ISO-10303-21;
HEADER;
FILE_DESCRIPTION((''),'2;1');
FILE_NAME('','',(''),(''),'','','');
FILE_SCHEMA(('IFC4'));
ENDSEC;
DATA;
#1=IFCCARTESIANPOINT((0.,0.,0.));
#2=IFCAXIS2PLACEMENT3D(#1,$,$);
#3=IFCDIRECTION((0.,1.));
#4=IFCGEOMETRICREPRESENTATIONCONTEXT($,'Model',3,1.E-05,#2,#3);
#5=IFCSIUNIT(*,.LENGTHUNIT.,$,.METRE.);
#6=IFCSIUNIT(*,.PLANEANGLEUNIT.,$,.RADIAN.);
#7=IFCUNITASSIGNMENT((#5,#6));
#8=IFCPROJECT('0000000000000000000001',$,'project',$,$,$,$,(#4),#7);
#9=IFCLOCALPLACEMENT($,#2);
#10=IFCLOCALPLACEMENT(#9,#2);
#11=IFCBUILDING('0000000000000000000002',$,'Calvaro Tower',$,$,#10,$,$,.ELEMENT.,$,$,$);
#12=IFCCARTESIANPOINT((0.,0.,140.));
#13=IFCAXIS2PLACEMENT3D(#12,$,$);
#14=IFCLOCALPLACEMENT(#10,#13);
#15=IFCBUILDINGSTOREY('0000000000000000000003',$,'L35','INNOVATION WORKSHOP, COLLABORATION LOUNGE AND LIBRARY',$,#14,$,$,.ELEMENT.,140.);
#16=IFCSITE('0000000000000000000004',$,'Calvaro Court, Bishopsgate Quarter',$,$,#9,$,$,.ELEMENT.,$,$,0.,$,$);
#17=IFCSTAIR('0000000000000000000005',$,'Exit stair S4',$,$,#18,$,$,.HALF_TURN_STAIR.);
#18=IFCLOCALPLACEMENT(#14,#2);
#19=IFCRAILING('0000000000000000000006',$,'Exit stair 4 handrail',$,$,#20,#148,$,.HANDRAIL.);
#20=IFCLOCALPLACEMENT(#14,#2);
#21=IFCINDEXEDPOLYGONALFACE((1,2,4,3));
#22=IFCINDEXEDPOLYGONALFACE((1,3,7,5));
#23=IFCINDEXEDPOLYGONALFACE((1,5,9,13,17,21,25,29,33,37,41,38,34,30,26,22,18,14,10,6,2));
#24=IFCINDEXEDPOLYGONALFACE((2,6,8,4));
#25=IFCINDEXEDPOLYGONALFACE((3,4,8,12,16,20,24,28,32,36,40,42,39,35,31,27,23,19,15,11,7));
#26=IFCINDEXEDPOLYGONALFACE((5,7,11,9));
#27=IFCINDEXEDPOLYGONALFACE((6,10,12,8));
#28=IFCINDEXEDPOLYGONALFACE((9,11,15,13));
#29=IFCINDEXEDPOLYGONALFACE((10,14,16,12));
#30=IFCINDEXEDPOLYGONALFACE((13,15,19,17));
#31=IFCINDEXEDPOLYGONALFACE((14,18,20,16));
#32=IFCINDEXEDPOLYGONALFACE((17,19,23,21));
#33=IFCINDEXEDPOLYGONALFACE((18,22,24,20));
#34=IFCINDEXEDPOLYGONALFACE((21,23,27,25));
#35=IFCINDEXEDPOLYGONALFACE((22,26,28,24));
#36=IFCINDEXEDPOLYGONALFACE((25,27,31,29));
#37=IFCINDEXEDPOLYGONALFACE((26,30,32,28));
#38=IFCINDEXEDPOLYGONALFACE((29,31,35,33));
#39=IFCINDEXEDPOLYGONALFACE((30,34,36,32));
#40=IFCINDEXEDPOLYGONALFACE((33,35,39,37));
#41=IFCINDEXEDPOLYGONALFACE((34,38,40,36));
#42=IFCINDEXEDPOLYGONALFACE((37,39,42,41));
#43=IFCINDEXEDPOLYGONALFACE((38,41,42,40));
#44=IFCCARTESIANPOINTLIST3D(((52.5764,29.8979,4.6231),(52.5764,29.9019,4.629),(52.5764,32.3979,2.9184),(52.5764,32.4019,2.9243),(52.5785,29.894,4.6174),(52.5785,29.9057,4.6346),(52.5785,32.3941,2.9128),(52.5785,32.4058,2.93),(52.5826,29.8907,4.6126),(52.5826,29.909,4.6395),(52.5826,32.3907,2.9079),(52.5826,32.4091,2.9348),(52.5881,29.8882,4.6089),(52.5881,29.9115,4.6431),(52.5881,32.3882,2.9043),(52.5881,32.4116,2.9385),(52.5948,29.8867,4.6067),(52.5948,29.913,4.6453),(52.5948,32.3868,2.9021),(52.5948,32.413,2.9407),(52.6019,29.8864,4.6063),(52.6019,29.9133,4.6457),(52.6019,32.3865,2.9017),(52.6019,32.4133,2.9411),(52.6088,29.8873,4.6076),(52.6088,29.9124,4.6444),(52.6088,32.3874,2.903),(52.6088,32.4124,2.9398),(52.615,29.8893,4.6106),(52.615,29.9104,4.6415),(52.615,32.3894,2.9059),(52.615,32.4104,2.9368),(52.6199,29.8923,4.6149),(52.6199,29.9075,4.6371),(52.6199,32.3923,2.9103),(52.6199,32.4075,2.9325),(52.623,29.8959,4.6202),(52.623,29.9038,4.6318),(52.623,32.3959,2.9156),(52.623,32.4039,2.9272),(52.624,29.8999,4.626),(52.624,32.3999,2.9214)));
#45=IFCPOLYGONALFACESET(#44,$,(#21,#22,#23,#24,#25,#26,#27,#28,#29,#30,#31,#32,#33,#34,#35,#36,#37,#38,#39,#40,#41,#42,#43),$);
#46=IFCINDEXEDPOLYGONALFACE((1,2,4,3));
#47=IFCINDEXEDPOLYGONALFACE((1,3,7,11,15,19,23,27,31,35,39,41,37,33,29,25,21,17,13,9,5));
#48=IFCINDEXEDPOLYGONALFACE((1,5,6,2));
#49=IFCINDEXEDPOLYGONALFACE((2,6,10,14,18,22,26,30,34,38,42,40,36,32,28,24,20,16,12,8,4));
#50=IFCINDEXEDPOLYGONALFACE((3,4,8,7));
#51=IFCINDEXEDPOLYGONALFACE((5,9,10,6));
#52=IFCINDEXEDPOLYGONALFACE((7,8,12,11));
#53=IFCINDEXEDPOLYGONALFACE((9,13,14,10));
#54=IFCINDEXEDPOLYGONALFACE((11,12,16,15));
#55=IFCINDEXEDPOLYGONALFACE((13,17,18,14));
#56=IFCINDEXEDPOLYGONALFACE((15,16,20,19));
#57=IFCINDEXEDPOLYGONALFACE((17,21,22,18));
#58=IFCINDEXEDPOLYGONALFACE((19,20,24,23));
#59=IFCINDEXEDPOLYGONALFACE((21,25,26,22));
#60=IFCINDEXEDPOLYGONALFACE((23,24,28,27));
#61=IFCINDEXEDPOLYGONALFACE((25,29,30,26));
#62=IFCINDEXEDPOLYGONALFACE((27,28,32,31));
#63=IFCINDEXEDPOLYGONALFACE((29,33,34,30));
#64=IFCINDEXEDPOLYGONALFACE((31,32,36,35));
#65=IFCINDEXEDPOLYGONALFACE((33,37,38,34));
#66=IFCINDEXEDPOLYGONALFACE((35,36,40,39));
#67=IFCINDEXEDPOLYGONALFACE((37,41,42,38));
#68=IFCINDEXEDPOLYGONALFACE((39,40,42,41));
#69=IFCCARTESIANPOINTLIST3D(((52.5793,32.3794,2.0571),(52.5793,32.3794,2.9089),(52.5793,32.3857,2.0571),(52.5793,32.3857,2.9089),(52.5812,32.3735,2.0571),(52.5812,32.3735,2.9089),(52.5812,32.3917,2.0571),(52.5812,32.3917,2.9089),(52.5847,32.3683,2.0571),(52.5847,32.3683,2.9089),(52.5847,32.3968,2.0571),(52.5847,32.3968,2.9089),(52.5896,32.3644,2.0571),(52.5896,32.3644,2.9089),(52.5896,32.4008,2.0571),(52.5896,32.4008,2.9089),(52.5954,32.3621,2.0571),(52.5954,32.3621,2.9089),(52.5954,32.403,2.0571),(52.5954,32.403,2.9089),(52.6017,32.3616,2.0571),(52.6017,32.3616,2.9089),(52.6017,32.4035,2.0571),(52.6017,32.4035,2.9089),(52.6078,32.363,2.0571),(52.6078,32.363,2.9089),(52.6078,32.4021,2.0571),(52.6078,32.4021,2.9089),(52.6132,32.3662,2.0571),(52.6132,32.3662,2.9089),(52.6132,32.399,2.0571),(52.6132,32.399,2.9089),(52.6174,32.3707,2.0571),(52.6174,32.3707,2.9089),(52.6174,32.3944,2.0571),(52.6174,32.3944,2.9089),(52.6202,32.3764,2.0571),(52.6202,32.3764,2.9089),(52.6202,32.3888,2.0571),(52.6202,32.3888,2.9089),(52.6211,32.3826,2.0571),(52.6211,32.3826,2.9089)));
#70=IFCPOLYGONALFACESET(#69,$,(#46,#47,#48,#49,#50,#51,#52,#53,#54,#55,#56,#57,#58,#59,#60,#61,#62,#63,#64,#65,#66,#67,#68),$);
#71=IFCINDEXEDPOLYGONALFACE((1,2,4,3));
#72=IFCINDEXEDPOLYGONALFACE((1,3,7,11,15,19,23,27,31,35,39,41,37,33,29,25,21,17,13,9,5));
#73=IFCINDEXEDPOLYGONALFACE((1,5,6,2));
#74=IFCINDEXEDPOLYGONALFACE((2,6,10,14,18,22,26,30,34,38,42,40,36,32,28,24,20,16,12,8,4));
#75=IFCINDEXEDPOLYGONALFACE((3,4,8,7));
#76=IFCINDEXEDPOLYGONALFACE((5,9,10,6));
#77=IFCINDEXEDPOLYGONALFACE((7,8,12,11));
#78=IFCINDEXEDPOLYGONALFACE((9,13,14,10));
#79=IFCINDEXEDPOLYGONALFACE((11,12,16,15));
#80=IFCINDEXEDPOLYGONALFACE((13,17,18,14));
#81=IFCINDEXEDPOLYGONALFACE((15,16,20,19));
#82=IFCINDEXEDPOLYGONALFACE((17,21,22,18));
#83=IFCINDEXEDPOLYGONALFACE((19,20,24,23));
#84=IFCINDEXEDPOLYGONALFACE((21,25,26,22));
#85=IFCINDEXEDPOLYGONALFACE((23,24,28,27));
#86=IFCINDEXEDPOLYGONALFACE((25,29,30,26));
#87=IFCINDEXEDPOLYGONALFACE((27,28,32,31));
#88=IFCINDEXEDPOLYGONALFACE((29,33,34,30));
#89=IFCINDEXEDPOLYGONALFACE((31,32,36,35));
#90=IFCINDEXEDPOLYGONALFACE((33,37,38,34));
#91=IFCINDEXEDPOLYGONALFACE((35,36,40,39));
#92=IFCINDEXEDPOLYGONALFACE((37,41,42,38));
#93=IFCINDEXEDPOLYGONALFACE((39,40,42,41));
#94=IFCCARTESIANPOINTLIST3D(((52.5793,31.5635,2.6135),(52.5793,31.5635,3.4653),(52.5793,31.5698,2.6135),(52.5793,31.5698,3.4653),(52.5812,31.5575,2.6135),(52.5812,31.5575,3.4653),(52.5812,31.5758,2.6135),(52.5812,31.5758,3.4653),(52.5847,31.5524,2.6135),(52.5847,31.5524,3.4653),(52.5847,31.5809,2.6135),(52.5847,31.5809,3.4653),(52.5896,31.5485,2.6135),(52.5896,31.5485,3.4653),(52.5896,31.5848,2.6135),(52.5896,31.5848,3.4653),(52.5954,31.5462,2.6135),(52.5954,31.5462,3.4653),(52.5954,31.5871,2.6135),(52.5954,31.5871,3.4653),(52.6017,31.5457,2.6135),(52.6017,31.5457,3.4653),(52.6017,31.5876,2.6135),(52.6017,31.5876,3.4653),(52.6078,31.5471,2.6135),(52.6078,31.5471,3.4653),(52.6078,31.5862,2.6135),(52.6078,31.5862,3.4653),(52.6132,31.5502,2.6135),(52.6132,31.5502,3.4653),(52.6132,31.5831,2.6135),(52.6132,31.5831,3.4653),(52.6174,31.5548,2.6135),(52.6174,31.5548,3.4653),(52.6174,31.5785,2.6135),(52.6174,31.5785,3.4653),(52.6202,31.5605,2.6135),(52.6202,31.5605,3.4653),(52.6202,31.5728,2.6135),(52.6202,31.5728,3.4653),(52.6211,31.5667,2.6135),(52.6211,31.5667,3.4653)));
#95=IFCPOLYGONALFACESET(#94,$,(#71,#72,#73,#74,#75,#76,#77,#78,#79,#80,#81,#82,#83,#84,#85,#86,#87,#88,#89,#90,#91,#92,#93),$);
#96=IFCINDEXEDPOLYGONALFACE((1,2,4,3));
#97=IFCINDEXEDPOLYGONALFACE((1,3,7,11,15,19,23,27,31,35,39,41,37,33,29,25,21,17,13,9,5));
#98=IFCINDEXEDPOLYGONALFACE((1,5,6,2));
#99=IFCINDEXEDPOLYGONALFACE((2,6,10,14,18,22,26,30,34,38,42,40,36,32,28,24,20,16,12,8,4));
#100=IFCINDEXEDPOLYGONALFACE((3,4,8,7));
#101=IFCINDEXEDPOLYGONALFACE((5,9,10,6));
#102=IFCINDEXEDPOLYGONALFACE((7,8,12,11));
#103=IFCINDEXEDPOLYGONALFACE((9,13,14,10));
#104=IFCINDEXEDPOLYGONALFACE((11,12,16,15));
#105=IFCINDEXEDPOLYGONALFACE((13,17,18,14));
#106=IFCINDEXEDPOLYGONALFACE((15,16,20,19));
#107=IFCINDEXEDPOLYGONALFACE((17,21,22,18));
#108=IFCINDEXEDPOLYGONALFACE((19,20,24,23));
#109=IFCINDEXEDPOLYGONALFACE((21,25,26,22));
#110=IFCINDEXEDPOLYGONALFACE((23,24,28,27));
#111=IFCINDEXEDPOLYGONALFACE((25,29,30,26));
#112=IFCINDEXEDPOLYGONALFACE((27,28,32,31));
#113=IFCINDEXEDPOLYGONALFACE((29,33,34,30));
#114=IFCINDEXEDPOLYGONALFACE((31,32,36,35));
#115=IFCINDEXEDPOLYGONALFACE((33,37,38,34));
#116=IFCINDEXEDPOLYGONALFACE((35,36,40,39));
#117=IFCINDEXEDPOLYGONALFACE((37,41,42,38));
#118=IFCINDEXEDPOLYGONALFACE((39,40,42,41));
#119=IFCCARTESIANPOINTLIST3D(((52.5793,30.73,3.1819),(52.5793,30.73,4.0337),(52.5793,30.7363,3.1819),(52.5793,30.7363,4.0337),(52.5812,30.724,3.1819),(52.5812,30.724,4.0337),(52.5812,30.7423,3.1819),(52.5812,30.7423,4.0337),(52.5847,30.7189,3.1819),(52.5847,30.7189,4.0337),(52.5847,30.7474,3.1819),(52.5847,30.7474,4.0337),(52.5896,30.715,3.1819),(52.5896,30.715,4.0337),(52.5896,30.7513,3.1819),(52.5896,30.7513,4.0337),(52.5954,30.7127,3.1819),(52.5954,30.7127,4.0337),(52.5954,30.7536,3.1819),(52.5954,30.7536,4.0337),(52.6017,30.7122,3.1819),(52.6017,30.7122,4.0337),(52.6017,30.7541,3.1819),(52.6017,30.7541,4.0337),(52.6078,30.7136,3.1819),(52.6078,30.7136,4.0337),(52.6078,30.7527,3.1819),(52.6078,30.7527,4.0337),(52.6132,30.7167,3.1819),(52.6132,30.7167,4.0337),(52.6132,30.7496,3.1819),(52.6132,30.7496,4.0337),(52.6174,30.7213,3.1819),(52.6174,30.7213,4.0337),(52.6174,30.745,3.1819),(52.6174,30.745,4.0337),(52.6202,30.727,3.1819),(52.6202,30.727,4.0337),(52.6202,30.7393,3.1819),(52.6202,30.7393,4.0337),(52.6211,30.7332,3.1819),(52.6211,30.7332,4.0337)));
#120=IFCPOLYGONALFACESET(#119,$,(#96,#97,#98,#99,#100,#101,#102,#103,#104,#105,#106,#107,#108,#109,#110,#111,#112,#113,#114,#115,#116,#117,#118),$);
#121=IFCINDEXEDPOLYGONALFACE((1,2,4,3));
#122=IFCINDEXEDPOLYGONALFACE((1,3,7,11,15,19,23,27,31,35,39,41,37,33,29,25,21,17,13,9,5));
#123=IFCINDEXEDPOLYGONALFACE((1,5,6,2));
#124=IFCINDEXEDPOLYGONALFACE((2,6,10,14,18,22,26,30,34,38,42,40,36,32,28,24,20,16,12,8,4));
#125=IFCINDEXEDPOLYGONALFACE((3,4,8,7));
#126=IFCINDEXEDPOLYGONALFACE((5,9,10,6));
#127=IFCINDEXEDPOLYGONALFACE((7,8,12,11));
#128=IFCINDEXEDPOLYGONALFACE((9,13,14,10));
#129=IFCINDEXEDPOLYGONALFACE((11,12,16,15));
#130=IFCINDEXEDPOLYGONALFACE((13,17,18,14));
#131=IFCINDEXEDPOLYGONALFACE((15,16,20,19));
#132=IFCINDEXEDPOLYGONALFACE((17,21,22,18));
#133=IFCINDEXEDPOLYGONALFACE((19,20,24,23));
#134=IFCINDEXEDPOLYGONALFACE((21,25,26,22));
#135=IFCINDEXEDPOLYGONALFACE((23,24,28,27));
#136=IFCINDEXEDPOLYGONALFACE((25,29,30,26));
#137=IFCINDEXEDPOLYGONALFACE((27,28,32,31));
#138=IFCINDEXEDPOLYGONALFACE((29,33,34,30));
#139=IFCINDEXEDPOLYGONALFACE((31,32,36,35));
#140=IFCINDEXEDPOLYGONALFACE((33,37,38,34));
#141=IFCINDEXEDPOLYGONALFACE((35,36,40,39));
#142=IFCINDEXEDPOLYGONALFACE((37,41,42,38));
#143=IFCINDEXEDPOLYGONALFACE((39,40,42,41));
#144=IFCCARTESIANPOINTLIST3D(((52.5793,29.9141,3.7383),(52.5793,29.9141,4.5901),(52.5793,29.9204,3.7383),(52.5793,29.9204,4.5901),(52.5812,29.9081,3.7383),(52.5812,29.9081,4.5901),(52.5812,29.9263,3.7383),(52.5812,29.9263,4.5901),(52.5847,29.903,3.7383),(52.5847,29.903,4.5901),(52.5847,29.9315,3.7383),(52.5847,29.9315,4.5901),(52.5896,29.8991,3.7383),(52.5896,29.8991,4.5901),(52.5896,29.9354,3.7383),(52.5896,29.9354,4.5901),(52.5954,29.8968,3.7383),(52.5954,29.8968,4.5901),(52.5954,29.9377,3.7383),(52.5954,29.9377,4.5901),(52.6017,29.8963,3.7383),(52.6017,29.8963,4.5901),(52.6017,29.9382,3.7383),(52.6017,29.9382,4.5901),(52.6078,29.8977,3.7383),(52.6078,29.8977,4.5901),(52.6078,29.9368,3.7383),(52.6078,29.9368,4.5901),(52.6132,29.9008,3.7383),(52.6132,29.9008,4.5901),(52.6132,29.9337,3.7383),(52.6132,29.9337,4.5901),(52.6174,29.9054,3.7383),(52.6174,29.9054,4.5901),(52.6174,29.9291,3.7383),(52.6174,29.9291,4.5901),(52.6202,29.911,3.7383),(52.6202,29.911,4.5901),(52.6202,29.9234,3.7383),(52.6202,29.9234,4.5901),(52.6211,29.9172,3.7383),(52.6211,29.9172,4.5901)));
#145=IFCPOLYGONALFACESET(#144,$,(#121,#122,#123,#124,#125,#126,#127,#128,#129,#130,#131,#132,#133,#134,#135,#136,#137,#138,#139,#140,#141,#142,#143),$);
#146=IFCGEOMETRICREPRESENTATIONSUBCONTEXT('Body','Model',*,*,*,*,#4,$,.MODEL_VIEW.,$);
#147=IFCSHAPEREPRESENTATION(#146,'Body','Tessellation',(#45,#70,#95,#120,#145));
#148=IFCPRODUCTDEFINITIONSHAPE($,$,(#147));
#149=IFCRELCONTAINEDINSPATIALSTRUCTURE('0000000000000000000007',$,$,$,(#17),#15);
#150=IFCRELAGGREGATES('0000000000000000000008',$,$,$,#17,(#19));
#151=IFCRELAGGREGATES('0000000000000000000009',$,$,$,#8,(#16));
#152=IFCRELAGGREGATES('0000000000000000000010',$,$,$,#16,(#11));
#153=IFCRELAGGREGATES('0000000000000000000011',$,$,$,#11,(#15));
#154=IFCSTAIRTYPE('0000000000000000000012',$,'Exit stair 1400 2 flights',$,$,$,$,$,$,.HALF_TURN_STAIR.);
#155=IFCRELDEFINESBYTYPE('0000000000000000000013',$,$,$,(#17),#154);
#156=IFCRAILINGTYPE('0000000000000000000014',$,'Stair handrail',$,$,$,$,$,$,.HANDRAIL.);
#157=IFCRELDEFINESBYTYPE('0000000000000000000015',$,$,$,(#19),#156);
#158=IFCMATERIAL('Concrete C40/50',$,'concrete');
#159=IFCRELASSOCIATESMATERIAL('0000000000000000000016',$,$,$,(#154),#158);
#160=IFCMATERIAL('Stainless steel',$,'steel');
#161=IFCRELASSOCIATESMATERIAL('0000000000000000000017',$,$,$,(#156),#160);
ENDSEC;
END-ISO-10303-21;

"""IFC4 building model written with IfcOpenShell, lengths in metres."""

from ifc_helpers import new_model, si_unit, direction, frame, origin, origin_2d, place, context, subcontext, project, spatial, circle, extrude, material, type_object, element, aggregate, save


model = new_model("IFC4")

# Units and contexts
model_context = context("Model", 3, precision=1e-05, world=origin(), true_north=direction((0.0, 1.0)))
body_context = subcontext(model_context, "Body", "Model", "MODEL_VIEW")
ifc_project = project(units=[si_unit("LENGTHUNIT", "METRE"), si_unit("PLANEANGLEUNIT", "RADIAN")], contexts=[model_context])

# Site, building, storey
site_placement = place(None, origin())
site = spatial("IfcSite", under=ifc_project, at=site_placement, Name="Calvaro Court, Bishopsgate Quarter", CompositionType="ELEMENT", RefElevation=0.0)
building_placement = place(site_placement, origin())
building = spatial("IfcBuilding", under=site, at=building_placement, Name="Calvaro Tower", CompositionType="ELEMENT")
storey_placement = place(building_placement, frame((0.0, 0.0, 140.0)))
storey = spatial("IfcBuildingStorey", under=building, at=storey_placement, Name="L35", Description="INNOVATION WORKSHOP, COLLABORATION LOUNGE AND LIBRARY", CompositionType="ELEMENT", Elevation=140.0)

# Stair
ifc_material_1 = material(Name="Concrete C40/50", Category="concrete")
stair_type = type_object("IfcStairType", Name="Exit stair 1400 2 flights", PredefinedType="HALF_TURN_STAIR", material=ifc_material_1)
stair_1_placement = place(storey_placement, origin())
stair_1 = element("IfcStair", 1, at=stair_1_placement, inside=storey, type_object=stair_type, Name="Exit stair S4", PredefinedType="HALF_TURN_STAIR")

# Railing
ifc_material_2 = material(Name="Stainless steel", Category="steel")
railing_type = type_object("IfcRailingType", Name="Stair handrail", PredefinedType="HANDRAIL", material=ifc_material_2)
railing_1_placement = place(storey_placement, frame((52.6001, 32.3999, 2.0454)))
railing_1 = element("IfcRailing", 2, at=railing_1_placement, type_object=railing_type, Name="Exit stair 4 handrail", PredefinedType="HANDRAIL", context=body_context, shape_type="SweptSolid", body=[
    extrude(circle(Radius=0.0239, at=origin_2d()), frame((0.0, 0.0, 0.876), z_axis=(0.0, -0.826221, 0.563347), x_axis=(1.0, 0.0, 0.0)), (0.0, 0.0, 1.0), 3.0259),
    extrude(circle(Radius=0.021, at=origin_2d()), frame((0.0, -0.0173, 0.0117)), (0.0, 0.0, 1.0), 0.8518),
    extrude(circle(Radius=0.021, at=origin_2d()), frame((0.0, -0.8333, 0.5681)), (0.0, 0.0, 1.0), 0.8518),
    extrude(circle(Radius=0.021, at=origin_2d()), frame((0.0, -1.6667, 1.1365)), (0.0, 0.0, 1.0), 0.8518),
    extrude(circle(Radius=0.021, at=origin_2d()), frame((0.0, -2.4827, 1.6929)), (0.0, 0.0, 1.0), 0.8518),
])
aggregate(stair_1, [railing_1])

save(model, "model.ifc")
